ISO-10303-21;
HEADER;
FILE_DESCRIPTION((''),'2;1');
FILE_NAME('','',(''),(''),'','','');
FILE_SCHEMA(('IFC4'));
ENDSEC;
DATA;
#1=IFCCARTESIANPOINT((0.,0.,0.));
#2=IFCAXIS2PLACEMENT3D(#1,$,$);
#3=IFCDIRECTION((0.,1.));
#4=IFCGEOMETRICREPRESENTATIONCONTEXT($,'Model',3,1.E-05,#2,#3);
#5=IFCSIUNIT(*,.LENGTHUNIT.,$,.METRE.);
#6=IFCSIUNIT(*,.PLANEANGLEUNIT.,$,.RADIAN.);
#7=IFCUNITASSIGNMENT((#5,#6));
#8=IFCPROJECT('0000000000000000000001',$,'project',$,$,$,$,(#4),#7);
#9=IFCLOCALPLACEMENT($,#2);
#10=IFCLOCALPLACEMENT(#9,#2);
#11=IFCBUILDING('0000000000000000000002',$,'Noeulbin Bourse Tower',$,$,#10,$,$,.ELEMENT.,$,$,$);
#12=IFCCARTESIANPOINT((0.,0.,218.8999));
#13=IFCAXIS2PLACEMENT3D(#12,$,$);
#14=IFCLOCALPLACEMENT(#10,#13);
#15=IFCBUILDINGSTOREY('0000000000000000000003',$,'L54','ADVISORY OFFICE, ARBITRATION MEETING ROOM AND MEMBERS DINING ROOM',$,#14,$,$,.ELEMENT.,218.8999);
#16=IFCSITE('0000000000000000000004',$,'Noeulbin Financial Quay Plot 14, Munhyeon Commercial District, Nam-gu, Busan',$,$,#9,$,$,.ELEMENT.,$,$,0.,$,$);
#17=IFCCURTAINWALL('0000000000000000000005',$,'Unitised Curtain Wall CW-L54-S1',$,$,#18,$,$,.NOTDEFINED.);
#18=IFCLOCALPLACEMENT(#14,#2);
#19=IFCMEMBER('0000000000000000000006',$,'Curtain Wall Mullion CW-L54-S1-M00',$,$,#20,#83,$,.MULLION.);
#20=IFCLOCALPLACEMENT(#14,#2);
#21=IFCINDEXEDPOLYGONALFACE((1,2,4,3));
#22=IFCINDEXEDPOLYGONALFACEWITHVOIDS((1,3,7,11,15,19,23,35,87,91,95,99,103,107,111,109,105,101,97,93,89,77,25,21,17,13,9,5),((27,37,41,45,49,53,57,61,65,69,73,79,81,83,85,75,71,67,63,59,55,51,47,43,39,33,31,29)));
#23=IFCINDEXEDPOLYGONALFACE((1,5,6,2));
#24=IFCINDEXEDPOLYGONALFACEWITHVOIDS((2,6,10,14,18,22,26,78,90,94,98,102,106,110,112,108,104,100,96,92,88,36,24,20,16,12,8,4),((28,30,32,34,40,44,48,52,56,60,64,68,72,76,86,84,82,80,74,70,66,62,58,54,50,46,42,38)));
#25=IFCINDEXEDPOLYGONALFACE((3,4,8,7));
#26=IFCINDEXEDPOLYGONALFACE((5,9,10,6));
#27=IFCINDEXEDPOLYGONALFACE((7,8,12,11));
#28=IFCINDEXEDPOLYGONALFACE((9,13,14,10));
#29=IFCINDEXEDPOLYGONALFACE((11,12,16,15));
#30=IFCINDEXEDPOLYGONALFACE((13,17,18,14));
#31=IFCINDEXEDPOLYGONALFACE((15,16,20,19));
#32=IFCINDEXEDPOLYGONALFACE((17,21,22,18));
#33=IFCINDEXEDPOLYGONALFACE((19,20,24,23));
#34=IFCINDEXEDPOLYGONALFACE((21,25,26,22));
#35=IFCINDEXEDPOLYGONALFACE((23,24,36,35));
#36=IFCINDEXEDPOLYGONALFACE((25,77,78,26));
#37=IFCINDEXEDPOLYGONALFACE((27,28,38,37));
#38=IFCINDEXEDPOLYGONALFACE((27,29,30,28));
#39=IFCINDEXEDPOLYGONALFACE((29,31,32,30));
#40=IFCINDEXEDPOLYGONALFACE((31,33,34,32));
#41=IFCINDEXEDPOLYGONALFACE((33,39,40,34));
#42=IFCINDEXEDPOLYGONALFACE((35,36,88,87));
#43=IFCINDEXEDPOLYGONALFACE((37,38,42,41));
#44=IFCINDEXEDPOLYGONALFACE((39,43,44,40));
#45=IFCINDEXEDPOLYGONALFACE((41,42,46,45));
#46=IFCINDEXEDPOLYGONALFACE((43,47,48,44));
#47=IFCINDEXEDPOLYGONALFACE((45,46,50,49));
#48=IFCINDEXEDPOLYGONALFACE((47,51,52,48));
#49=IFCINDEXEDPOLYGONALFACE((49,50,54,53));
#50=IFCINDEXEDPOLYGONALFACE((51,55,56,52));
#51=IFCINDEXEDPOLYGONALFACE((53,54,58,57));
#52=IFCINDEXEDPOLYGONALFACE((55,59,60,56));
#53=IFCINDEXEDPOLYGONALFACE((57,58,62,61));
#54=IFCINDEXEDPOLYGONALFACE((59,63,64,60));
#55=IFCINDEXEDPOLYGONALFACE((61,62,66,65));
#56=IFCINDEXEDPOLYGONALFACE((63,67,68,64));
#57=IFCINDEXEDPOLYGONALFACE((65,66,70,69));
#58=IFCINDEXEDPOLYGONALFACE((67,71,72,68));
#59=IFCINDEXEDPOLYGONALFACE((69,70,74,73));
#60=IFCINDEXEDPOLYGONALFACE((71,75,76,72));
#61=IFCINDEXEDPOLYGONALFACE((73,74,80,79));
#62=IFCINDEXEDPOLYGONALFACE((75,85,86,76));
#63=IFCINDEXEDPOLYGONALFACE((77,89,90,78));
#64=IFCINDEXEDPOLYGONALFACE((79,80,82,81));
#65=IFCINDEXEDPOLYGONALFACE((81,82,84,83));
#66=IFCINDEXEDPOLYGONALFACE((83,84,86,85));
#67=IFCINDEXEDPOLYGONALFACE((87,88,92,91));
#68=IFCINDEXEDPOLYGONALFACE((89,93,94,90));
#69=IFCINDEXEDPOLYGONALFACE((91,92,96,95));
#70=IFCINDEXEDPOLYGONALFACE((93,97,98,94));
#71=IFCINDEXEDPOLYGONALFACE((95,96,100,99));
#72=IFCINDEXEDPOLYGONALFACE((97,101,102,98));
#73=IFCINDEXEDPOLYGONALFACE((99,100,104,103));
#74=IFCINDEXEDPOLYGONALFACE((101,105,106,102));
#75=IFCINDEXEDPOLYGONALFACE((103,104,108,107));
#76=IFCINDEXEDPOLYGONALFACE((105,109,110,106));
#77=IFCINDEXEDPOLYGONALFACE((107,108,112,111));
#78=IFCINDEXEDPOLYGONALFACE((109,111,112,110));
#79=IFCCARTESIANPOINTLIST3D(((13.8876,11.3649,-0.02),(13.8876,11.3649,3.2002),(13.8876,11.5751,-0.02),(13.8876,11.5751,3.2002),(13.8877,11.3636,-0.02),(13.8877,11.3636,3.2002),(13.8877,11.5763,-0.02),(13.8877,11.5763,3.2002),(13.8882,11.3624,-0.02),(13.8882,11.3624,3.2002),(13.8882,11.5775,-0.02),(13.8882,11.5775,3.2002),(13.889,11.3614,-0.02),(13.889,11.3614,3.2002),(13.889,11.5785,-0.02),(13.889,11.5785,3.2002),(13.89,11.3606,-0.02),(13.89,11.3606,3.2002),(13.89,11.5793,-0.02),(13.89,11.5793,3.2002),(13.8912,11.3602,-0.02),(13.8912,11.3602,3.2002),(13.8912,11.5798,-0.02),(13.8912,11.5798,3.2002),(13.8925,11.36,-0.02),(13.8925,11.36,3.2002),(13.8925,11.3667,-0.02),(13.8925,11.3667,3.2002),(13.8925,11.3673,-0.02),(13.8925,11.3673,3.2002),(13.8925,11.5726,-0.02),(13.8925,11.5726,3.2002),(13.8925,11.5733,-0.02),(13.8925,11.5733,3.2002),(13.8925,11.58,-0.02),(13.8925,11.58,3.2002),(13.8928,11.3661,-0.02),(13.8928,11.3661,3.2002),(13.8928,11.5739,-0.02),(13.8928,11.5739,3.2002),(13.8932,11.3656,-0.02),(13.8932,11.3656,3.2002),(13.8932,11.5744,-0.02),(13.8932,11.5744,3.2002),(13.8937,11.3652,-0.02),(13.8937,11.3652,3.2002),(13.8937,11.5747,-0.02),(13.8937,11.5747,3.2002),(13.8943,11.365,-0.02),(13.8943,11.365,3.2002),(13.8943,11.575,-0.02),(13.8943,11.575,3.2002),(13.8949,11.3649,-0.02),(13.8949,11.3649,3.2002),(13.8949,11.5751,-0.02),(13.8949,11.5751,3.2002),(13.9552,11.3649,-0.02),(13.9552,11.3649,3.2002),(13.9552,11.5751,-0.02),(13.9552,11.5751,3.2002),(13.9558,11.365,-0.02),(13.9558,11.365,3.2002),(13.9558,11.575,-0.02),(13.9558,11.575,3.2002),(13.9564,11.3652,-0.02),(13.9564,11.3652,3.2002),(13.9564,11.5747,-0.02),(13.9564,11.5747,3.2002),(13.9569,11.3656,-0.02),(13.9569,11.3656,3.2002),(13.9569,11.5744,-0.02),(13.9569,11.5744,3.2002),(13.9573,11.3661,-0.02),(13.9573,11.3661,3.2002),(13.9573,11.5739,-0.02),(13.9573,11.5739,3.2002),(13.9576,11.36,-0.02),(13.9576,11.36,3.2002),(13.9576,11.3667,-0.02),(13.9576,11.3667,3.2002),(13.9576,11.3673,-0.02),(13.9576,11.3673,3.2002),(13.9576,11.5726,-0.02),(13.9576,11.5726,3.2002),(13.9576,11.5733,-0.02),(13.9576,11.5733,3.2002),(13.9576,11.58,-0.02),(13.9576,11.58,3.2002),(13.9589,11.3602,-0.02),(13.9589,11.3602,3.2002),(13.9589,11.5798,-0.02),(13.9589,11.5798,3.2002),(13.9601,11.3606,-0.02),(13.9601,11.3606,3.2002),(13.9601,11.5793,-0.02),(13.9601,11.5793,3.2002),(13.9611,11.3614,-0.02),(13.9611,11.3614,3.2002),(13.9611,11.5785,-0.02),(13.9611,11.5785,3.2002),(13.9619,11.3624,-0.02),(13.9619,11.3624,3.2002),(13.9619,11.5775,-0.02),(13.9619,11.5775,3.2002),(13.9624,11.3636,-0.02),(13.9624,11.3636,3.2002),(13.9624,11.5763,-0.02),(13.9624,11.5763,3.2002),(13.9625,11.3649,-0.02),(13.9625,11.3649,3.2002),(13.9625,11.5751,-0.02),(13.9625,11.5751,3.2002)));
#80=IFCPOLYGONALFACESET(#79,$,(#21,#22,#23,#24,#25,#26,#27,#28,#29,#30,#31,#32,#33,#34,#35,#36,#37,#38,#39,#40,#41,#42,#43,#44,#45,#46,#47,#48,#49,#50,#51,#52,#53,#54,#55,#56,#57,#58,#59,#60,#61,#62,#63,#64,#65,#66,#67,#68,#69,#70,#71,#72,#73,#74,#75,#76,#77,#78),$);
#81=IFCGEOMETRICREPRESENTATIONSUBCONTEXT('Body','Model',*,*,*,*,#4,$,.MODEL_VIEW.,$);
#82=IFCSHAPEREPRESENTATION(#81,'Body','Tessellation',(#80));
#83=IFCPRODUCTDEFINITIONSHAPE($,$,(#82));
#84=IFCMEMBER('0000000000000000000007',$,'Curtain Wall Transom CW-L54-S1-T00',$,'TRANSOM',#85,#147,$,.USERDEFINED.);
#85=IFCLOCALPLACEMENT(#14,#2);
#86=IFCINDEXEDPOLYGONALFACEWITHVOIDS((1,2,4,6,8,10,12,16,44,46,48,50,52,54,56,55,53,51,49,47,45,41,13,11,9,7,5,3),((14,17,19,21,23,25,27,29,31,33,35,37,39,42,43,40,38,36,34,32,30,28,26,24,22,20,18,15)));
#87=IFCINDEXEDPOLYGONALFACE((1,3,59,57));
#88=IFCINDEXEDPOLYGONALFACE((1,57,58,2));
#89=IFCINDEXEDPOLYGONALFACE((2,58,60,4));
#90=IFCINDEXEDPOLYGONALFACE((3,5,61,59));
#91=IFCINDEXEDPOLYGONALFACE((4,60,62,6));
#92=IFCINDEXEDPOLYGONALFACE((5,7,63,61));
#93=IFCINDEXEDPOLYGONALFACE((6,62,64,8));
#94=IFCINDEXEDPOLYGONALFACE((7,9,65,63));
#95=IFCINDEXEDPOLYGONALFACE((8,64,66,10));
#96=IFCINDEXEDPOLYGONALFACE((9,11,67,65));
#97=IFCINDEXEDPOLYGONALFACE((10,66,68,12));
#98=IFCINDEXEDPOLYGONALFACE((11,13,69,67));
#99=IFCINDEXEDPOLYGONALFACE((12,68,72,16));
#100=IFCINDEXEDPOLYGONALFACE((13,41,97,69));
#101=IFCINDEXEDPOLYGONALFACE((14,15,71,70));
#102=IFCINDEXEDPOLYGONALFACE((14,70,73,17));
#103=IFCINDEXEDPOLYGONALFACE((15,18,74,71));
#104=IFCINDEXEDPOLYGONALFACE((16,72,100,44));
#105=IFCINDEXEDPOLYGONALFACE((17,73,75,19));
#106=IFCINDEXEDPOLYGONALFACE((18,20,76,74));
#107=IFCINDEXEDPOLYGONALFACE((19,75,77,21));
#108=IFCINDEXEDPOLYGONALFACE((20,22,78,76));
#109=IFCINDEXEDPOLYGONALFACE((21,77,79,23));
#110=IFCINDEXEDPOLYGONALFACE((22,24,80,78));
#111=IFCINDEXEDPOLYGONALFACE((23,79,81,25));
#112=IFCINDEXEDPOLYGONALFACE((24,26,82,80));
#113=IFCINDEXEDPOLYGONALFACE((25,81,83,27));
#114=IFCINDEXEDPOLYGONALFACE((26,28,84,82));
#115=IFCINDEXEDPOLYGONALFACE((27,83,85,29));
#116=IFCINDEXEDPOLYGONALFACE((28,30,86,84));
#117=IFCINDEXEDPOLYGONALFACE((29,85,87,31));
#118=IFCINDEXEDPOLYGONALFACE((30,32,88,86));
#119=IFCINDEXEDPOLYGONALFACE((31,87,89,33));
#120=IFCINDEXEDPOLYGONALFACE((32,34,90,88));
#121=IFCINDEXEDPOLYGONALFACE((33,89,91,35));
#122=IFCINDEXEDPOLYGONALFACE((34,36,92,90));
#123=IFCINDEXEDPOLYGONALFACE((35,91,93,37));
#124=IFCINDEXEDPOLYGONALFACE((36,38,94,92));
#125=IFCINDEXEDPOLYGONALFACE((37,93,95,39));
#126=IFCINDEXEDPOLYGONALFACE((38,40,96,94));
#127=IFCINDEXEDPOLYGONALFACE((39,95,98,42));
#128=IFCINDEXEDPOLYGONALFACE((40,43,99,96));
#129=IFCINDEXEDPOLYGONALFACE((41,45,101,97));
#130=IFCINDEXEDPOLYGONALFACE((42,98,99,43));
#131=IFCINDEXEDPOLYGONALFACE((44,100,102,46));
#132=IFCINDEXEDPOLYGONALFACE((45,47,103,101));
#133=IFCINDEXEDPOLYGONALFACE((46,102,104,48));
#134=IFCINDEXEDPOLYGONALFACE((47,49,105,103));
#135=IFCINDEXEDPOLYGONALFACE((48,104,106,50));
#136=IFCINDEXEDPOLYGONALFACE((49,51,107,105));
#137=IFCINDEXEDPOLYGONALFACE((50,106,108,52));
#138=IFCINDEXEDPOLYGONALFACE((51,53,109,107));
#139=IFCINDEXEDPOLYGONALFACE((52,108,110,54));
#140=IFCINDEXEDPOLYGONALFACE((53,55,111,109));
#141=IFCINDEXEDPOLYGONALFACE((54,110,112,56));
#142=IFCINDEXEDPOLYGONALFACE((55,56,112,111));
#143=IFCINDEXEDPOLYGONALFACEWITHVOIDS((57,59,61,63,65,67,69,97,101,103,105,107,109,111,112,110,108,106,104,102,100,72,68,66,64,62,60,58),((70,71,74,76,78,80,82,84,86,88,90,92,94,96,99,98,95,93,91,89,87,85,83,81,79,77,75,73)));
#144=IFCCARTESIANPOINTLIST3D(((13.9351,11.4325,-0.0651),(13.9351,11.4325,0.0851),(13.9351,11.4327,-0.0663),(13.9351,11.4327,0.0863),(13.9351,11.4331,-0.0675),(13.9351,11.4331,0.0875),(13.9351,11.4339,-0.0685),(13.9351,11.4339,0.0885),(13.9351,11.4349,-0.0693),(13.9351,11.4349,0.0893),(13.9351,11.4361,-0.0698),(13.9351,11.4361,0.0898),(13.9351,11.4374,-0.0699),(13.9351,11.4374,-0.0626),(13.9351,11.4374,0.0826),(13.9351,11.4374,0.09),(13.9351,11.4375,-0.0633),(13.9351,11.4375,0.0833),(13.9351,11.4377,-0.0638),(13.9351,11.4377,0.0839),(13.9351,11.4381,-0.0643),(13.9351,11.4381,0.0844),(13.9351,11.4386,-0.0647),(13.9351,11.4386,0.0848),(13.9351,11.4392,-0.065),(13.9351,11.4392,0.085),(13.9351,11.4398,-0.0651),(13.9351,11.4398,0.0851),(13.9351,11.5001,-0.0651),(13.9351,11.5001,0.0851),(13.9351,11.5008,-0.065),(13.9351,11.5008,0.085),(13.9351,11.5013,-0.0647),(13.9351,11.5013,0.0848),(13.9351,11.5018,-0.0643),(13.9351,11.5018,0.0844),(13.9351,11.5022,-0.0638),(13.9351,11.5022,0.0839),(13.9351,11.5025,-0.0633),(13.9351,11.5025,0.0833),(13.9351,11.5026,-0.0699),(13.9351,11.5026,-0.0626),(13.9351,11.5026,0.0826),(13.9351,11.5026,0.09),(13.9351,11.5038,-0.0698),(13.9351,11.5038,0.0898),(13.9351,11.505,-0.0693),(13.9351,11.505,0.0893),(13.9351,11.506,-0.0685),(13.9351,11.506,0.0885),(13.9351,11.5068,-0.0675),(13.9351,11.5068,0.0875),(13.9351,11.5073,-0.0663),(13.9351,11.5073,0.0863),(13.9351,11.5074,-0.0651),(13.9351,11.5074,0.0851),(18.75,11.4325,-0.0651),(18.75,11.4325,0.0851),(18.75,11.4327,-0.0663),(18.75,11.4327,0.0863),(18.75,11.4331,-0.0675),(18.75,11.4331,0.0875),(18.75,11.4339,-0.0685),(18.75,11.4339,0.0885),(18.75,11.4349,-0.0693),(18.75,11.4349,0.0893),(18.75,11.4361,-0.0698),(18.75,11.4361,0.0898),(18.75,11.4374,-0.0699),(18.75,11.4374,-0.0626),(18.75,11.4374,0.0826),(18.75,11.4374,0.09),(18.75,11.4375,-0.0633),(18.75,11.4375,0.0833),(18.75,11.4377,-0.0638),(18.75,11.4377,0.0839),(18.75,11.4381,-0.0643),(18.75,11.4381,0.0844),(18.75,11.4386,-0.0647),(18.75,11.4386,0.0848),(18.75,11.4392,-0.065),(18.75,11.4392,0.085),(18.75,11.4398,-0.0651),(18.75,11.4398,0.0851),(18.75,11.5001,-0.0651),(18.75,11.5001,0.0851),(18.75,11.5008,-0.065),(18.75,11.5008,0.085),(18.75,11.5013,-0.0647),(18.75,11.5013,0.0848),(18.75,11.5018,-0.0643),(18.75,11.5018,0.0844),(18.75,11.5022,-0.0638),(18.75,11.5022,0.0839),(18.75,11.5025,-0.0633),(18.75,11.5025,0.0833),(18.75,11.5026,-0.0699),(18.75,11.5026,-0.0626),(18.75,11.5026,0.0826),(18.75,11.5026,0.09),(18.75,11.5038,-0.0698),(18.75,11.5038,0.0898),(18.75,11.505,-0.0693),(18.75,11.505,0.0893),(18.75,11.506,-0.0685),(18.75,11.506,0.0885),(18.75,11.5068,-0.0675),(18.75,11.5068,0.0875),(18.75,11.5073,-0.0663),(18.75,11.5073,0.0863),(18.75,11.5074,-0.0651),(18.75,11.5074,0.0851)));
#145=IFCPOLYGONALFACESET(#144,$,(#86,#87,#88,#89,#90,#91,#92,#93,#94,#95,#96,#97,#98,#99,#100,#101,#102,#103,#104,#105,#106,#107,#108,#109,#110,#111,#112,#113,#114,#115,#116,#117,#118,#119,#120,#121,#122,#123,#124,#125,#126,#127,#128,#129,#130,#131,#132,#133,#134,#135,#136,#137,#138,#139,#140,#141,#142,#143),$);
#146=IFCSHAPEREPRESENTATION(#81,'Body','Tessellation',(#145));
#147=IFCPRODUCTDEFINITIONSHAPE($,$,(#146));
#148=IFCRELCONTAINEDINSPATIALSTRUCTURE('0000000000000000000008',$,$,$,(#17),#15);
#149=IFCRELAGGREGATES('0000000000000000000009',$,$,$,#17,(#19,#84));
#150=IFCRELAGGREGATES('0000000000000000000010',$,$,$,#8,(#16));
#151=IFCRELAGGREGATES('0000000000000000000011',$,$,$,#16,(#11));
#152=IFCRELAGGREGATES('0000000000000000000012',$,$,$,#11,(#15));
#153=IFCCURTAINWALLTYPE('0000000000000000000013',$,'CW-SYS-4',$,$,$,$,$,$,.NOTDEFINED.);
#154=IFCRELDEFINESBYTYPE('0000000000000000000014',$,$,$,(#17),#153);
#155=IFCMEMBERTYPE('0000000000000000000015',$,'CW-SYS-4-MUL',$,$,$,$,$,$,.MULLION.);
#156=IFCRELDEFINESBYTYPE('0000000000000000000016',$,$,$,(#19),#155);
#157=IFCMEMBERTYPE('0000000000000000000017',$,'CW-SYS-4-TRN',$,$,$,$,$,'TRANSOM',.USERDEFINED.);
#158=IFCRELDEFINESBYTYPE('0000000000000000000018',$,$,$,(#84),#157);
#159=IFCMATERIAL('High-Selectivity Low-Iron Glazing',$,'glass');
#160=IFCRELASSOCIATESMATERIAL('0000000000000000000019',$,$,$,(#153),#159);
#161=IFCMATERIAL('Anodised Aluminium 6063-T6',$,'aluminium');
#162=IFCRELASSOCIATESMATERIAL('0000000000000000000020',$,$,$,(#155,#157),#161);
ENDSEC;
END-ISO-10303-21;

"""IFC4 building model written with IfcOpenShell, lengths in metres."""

from ifc_helpers import new_model, si_unit, direction, frame, origin, origin_2d, place, context, subcontext, project, spatial, hollow_rectangle, extrude, material, material_profile, profile_set, type_object, element, aggregate, save


model = new_model("IFC4")

# Units and contexts
model_context = context("Model", 3, precision=1e-05, world=origin(), true_north=direction((0.0, 1.0)))
body_context = subcontext(model_context, "Body", "Model", "MODEL_VIEW")
ifc_project = project(units=[si_unit("LENGTHUNIT", "METRE"), si_unit("PLANEANGLEUNIT", "RADIAN")], contexts=[model_context])

# Site, building, storey
site_placement = place(None, origin())
site = spatial("IfcSite", under=ifc_project, at=site_placement, Name="Noeulbin Financial Quay Plot 14, Munhyeon Commercial District, Nam-gu, Busan", CompositionType="ELEMENT", RefElevation=0.0)
building_placement = place(site_placement, origin())
building = spatial("IfcBuilding", under=site, at=building_placement, Name="Noeulbin Bourse Tower", CompositionType="ELEMENT")
storey_placement = place(building_placement, frame((0.0, 0.0, 218.8999)))
storey = spatial("IfcBuildingStorey", under=building, at=storey_placement, Name="L54", Description="ADVISORY OFFICE, ARBITRATION MEETING ROOM AND MEMBERS DINING ROOM", CompositionType="ELEMENT", Elevation=218.8999)

# Curtain wall, members
ifc_material_1 = material(Name="High-Selectivity Low-Iron Glazing", Category="glass")
curtain_wall_type = type_object("IfcCurtainWallType", Name="CW-SYS-4", PredefinedType="NOTDEFINED", material=ifc_material_1)
curtain_wall_placement = place(storey_placement, origin())
curtain_wall = element("IfcCurtainWall", 1, at=curtain_wall_placement, inside=storey, type_object=curtain_wall_type, Name="Unitised Curtain Wall CW-L54-S1", PredefinedType="NOTDEFINED")
ifc_material_2 = material(Name="Anodised Aluminium 6063-T6", Category="aluminium")
ifc_material_profile_1 = material_profile(ifc_material_2, hollow_rectangle(XDim=0.075, YDim=0.22, WallThickness=0.0049, InnerFilletRadius=0.0024, OuterFilletRadius=0.0049, at=origin_2d()), Name="ALU-MULL-75x220x5", Category="LoadBearing")
ifc_profile_set_1 = profile_set([ifc_material_profile_1], Name="Anodised Aluminium 6063-T6")
member_type_1 = type_object("IfcMemberType", Name="CW-SYS-4-MUL", PredefinedType="MULLION", material=ifc_profile_set_1)
member_1_placement = place(storey_placement, frame((13.925, 11.47, -0.02), z_axis=(0.0, 0.0, 1.0), x_axis=(1.0, 0.0, 0.0)))
member_1 = element("IfcMember", 2, at=member_1_placement, type_object=member_type_1, Name="Curtain Wall Mullion CW-L54-S1-M00", PredefinedType="MULLION", context=body_context, shape_type="SweptSolid", body=[
    extrude(hollow_rectangle(XDim=0.075, YDim=0.22, WallThickness=0.0049, InnerFilletRadius=0.0024, OuterFilletRadius=0.0049, at=origin_2d()), origin(), (0.0, 0.0, 1.0), 3.2202),
])
ifc_material_profile_2 = material_profile(ifc_material_2, hollow_rectangle(XDim=0.075, YDim=0.1599, WallThickness=0.0049, InnerFilletRadius=0.0024, OuterFilletRadius=0.0049, at=origin_2d()), Name="ALU-TRAN-75x160x5", Category="LoadBearing")
ifc_profile_set_2 = profile_set([ifc_material_profile_2], Name="Anodised Aluminium 6063-T6")
member_type_2 = type_object("IfcMemberType", Name="CW-SYS-4-TRN", ElementType="TRANSOM", PredefinedType="USERDEFINED", material=ifc_profile_set_2)
member_2_placement = place(storey_placement, frame((13.9351, 11.47, 0.01), z_axis=(1.0, 0.0, 0.0), x_axis=(0.0, 1.0, 0.0)))
member_2 = element("IfcMember", 3, at=member_2_placement, type_object=member_type_2, Name="Curtain Wall Transom CW-L54-S1-T00", ObjectType="TRANSOM", PredefinedType="USERDEFINED", context=body_context, shape_type="SweptSolid", body=[
    extrude(hollow_rectangle(XDim=0.075, YDim=0.1599, WallThickness=0.0049, InnerFilletRadius=0.0024, OuterFilletRadius=0.0049, at=origin_2d()), origin(), (0.0, 0.0, 1.0), 4.8149),
])
aggregate(curtain_wall, [member_1, member_2])

save(model, "model.ifc")
